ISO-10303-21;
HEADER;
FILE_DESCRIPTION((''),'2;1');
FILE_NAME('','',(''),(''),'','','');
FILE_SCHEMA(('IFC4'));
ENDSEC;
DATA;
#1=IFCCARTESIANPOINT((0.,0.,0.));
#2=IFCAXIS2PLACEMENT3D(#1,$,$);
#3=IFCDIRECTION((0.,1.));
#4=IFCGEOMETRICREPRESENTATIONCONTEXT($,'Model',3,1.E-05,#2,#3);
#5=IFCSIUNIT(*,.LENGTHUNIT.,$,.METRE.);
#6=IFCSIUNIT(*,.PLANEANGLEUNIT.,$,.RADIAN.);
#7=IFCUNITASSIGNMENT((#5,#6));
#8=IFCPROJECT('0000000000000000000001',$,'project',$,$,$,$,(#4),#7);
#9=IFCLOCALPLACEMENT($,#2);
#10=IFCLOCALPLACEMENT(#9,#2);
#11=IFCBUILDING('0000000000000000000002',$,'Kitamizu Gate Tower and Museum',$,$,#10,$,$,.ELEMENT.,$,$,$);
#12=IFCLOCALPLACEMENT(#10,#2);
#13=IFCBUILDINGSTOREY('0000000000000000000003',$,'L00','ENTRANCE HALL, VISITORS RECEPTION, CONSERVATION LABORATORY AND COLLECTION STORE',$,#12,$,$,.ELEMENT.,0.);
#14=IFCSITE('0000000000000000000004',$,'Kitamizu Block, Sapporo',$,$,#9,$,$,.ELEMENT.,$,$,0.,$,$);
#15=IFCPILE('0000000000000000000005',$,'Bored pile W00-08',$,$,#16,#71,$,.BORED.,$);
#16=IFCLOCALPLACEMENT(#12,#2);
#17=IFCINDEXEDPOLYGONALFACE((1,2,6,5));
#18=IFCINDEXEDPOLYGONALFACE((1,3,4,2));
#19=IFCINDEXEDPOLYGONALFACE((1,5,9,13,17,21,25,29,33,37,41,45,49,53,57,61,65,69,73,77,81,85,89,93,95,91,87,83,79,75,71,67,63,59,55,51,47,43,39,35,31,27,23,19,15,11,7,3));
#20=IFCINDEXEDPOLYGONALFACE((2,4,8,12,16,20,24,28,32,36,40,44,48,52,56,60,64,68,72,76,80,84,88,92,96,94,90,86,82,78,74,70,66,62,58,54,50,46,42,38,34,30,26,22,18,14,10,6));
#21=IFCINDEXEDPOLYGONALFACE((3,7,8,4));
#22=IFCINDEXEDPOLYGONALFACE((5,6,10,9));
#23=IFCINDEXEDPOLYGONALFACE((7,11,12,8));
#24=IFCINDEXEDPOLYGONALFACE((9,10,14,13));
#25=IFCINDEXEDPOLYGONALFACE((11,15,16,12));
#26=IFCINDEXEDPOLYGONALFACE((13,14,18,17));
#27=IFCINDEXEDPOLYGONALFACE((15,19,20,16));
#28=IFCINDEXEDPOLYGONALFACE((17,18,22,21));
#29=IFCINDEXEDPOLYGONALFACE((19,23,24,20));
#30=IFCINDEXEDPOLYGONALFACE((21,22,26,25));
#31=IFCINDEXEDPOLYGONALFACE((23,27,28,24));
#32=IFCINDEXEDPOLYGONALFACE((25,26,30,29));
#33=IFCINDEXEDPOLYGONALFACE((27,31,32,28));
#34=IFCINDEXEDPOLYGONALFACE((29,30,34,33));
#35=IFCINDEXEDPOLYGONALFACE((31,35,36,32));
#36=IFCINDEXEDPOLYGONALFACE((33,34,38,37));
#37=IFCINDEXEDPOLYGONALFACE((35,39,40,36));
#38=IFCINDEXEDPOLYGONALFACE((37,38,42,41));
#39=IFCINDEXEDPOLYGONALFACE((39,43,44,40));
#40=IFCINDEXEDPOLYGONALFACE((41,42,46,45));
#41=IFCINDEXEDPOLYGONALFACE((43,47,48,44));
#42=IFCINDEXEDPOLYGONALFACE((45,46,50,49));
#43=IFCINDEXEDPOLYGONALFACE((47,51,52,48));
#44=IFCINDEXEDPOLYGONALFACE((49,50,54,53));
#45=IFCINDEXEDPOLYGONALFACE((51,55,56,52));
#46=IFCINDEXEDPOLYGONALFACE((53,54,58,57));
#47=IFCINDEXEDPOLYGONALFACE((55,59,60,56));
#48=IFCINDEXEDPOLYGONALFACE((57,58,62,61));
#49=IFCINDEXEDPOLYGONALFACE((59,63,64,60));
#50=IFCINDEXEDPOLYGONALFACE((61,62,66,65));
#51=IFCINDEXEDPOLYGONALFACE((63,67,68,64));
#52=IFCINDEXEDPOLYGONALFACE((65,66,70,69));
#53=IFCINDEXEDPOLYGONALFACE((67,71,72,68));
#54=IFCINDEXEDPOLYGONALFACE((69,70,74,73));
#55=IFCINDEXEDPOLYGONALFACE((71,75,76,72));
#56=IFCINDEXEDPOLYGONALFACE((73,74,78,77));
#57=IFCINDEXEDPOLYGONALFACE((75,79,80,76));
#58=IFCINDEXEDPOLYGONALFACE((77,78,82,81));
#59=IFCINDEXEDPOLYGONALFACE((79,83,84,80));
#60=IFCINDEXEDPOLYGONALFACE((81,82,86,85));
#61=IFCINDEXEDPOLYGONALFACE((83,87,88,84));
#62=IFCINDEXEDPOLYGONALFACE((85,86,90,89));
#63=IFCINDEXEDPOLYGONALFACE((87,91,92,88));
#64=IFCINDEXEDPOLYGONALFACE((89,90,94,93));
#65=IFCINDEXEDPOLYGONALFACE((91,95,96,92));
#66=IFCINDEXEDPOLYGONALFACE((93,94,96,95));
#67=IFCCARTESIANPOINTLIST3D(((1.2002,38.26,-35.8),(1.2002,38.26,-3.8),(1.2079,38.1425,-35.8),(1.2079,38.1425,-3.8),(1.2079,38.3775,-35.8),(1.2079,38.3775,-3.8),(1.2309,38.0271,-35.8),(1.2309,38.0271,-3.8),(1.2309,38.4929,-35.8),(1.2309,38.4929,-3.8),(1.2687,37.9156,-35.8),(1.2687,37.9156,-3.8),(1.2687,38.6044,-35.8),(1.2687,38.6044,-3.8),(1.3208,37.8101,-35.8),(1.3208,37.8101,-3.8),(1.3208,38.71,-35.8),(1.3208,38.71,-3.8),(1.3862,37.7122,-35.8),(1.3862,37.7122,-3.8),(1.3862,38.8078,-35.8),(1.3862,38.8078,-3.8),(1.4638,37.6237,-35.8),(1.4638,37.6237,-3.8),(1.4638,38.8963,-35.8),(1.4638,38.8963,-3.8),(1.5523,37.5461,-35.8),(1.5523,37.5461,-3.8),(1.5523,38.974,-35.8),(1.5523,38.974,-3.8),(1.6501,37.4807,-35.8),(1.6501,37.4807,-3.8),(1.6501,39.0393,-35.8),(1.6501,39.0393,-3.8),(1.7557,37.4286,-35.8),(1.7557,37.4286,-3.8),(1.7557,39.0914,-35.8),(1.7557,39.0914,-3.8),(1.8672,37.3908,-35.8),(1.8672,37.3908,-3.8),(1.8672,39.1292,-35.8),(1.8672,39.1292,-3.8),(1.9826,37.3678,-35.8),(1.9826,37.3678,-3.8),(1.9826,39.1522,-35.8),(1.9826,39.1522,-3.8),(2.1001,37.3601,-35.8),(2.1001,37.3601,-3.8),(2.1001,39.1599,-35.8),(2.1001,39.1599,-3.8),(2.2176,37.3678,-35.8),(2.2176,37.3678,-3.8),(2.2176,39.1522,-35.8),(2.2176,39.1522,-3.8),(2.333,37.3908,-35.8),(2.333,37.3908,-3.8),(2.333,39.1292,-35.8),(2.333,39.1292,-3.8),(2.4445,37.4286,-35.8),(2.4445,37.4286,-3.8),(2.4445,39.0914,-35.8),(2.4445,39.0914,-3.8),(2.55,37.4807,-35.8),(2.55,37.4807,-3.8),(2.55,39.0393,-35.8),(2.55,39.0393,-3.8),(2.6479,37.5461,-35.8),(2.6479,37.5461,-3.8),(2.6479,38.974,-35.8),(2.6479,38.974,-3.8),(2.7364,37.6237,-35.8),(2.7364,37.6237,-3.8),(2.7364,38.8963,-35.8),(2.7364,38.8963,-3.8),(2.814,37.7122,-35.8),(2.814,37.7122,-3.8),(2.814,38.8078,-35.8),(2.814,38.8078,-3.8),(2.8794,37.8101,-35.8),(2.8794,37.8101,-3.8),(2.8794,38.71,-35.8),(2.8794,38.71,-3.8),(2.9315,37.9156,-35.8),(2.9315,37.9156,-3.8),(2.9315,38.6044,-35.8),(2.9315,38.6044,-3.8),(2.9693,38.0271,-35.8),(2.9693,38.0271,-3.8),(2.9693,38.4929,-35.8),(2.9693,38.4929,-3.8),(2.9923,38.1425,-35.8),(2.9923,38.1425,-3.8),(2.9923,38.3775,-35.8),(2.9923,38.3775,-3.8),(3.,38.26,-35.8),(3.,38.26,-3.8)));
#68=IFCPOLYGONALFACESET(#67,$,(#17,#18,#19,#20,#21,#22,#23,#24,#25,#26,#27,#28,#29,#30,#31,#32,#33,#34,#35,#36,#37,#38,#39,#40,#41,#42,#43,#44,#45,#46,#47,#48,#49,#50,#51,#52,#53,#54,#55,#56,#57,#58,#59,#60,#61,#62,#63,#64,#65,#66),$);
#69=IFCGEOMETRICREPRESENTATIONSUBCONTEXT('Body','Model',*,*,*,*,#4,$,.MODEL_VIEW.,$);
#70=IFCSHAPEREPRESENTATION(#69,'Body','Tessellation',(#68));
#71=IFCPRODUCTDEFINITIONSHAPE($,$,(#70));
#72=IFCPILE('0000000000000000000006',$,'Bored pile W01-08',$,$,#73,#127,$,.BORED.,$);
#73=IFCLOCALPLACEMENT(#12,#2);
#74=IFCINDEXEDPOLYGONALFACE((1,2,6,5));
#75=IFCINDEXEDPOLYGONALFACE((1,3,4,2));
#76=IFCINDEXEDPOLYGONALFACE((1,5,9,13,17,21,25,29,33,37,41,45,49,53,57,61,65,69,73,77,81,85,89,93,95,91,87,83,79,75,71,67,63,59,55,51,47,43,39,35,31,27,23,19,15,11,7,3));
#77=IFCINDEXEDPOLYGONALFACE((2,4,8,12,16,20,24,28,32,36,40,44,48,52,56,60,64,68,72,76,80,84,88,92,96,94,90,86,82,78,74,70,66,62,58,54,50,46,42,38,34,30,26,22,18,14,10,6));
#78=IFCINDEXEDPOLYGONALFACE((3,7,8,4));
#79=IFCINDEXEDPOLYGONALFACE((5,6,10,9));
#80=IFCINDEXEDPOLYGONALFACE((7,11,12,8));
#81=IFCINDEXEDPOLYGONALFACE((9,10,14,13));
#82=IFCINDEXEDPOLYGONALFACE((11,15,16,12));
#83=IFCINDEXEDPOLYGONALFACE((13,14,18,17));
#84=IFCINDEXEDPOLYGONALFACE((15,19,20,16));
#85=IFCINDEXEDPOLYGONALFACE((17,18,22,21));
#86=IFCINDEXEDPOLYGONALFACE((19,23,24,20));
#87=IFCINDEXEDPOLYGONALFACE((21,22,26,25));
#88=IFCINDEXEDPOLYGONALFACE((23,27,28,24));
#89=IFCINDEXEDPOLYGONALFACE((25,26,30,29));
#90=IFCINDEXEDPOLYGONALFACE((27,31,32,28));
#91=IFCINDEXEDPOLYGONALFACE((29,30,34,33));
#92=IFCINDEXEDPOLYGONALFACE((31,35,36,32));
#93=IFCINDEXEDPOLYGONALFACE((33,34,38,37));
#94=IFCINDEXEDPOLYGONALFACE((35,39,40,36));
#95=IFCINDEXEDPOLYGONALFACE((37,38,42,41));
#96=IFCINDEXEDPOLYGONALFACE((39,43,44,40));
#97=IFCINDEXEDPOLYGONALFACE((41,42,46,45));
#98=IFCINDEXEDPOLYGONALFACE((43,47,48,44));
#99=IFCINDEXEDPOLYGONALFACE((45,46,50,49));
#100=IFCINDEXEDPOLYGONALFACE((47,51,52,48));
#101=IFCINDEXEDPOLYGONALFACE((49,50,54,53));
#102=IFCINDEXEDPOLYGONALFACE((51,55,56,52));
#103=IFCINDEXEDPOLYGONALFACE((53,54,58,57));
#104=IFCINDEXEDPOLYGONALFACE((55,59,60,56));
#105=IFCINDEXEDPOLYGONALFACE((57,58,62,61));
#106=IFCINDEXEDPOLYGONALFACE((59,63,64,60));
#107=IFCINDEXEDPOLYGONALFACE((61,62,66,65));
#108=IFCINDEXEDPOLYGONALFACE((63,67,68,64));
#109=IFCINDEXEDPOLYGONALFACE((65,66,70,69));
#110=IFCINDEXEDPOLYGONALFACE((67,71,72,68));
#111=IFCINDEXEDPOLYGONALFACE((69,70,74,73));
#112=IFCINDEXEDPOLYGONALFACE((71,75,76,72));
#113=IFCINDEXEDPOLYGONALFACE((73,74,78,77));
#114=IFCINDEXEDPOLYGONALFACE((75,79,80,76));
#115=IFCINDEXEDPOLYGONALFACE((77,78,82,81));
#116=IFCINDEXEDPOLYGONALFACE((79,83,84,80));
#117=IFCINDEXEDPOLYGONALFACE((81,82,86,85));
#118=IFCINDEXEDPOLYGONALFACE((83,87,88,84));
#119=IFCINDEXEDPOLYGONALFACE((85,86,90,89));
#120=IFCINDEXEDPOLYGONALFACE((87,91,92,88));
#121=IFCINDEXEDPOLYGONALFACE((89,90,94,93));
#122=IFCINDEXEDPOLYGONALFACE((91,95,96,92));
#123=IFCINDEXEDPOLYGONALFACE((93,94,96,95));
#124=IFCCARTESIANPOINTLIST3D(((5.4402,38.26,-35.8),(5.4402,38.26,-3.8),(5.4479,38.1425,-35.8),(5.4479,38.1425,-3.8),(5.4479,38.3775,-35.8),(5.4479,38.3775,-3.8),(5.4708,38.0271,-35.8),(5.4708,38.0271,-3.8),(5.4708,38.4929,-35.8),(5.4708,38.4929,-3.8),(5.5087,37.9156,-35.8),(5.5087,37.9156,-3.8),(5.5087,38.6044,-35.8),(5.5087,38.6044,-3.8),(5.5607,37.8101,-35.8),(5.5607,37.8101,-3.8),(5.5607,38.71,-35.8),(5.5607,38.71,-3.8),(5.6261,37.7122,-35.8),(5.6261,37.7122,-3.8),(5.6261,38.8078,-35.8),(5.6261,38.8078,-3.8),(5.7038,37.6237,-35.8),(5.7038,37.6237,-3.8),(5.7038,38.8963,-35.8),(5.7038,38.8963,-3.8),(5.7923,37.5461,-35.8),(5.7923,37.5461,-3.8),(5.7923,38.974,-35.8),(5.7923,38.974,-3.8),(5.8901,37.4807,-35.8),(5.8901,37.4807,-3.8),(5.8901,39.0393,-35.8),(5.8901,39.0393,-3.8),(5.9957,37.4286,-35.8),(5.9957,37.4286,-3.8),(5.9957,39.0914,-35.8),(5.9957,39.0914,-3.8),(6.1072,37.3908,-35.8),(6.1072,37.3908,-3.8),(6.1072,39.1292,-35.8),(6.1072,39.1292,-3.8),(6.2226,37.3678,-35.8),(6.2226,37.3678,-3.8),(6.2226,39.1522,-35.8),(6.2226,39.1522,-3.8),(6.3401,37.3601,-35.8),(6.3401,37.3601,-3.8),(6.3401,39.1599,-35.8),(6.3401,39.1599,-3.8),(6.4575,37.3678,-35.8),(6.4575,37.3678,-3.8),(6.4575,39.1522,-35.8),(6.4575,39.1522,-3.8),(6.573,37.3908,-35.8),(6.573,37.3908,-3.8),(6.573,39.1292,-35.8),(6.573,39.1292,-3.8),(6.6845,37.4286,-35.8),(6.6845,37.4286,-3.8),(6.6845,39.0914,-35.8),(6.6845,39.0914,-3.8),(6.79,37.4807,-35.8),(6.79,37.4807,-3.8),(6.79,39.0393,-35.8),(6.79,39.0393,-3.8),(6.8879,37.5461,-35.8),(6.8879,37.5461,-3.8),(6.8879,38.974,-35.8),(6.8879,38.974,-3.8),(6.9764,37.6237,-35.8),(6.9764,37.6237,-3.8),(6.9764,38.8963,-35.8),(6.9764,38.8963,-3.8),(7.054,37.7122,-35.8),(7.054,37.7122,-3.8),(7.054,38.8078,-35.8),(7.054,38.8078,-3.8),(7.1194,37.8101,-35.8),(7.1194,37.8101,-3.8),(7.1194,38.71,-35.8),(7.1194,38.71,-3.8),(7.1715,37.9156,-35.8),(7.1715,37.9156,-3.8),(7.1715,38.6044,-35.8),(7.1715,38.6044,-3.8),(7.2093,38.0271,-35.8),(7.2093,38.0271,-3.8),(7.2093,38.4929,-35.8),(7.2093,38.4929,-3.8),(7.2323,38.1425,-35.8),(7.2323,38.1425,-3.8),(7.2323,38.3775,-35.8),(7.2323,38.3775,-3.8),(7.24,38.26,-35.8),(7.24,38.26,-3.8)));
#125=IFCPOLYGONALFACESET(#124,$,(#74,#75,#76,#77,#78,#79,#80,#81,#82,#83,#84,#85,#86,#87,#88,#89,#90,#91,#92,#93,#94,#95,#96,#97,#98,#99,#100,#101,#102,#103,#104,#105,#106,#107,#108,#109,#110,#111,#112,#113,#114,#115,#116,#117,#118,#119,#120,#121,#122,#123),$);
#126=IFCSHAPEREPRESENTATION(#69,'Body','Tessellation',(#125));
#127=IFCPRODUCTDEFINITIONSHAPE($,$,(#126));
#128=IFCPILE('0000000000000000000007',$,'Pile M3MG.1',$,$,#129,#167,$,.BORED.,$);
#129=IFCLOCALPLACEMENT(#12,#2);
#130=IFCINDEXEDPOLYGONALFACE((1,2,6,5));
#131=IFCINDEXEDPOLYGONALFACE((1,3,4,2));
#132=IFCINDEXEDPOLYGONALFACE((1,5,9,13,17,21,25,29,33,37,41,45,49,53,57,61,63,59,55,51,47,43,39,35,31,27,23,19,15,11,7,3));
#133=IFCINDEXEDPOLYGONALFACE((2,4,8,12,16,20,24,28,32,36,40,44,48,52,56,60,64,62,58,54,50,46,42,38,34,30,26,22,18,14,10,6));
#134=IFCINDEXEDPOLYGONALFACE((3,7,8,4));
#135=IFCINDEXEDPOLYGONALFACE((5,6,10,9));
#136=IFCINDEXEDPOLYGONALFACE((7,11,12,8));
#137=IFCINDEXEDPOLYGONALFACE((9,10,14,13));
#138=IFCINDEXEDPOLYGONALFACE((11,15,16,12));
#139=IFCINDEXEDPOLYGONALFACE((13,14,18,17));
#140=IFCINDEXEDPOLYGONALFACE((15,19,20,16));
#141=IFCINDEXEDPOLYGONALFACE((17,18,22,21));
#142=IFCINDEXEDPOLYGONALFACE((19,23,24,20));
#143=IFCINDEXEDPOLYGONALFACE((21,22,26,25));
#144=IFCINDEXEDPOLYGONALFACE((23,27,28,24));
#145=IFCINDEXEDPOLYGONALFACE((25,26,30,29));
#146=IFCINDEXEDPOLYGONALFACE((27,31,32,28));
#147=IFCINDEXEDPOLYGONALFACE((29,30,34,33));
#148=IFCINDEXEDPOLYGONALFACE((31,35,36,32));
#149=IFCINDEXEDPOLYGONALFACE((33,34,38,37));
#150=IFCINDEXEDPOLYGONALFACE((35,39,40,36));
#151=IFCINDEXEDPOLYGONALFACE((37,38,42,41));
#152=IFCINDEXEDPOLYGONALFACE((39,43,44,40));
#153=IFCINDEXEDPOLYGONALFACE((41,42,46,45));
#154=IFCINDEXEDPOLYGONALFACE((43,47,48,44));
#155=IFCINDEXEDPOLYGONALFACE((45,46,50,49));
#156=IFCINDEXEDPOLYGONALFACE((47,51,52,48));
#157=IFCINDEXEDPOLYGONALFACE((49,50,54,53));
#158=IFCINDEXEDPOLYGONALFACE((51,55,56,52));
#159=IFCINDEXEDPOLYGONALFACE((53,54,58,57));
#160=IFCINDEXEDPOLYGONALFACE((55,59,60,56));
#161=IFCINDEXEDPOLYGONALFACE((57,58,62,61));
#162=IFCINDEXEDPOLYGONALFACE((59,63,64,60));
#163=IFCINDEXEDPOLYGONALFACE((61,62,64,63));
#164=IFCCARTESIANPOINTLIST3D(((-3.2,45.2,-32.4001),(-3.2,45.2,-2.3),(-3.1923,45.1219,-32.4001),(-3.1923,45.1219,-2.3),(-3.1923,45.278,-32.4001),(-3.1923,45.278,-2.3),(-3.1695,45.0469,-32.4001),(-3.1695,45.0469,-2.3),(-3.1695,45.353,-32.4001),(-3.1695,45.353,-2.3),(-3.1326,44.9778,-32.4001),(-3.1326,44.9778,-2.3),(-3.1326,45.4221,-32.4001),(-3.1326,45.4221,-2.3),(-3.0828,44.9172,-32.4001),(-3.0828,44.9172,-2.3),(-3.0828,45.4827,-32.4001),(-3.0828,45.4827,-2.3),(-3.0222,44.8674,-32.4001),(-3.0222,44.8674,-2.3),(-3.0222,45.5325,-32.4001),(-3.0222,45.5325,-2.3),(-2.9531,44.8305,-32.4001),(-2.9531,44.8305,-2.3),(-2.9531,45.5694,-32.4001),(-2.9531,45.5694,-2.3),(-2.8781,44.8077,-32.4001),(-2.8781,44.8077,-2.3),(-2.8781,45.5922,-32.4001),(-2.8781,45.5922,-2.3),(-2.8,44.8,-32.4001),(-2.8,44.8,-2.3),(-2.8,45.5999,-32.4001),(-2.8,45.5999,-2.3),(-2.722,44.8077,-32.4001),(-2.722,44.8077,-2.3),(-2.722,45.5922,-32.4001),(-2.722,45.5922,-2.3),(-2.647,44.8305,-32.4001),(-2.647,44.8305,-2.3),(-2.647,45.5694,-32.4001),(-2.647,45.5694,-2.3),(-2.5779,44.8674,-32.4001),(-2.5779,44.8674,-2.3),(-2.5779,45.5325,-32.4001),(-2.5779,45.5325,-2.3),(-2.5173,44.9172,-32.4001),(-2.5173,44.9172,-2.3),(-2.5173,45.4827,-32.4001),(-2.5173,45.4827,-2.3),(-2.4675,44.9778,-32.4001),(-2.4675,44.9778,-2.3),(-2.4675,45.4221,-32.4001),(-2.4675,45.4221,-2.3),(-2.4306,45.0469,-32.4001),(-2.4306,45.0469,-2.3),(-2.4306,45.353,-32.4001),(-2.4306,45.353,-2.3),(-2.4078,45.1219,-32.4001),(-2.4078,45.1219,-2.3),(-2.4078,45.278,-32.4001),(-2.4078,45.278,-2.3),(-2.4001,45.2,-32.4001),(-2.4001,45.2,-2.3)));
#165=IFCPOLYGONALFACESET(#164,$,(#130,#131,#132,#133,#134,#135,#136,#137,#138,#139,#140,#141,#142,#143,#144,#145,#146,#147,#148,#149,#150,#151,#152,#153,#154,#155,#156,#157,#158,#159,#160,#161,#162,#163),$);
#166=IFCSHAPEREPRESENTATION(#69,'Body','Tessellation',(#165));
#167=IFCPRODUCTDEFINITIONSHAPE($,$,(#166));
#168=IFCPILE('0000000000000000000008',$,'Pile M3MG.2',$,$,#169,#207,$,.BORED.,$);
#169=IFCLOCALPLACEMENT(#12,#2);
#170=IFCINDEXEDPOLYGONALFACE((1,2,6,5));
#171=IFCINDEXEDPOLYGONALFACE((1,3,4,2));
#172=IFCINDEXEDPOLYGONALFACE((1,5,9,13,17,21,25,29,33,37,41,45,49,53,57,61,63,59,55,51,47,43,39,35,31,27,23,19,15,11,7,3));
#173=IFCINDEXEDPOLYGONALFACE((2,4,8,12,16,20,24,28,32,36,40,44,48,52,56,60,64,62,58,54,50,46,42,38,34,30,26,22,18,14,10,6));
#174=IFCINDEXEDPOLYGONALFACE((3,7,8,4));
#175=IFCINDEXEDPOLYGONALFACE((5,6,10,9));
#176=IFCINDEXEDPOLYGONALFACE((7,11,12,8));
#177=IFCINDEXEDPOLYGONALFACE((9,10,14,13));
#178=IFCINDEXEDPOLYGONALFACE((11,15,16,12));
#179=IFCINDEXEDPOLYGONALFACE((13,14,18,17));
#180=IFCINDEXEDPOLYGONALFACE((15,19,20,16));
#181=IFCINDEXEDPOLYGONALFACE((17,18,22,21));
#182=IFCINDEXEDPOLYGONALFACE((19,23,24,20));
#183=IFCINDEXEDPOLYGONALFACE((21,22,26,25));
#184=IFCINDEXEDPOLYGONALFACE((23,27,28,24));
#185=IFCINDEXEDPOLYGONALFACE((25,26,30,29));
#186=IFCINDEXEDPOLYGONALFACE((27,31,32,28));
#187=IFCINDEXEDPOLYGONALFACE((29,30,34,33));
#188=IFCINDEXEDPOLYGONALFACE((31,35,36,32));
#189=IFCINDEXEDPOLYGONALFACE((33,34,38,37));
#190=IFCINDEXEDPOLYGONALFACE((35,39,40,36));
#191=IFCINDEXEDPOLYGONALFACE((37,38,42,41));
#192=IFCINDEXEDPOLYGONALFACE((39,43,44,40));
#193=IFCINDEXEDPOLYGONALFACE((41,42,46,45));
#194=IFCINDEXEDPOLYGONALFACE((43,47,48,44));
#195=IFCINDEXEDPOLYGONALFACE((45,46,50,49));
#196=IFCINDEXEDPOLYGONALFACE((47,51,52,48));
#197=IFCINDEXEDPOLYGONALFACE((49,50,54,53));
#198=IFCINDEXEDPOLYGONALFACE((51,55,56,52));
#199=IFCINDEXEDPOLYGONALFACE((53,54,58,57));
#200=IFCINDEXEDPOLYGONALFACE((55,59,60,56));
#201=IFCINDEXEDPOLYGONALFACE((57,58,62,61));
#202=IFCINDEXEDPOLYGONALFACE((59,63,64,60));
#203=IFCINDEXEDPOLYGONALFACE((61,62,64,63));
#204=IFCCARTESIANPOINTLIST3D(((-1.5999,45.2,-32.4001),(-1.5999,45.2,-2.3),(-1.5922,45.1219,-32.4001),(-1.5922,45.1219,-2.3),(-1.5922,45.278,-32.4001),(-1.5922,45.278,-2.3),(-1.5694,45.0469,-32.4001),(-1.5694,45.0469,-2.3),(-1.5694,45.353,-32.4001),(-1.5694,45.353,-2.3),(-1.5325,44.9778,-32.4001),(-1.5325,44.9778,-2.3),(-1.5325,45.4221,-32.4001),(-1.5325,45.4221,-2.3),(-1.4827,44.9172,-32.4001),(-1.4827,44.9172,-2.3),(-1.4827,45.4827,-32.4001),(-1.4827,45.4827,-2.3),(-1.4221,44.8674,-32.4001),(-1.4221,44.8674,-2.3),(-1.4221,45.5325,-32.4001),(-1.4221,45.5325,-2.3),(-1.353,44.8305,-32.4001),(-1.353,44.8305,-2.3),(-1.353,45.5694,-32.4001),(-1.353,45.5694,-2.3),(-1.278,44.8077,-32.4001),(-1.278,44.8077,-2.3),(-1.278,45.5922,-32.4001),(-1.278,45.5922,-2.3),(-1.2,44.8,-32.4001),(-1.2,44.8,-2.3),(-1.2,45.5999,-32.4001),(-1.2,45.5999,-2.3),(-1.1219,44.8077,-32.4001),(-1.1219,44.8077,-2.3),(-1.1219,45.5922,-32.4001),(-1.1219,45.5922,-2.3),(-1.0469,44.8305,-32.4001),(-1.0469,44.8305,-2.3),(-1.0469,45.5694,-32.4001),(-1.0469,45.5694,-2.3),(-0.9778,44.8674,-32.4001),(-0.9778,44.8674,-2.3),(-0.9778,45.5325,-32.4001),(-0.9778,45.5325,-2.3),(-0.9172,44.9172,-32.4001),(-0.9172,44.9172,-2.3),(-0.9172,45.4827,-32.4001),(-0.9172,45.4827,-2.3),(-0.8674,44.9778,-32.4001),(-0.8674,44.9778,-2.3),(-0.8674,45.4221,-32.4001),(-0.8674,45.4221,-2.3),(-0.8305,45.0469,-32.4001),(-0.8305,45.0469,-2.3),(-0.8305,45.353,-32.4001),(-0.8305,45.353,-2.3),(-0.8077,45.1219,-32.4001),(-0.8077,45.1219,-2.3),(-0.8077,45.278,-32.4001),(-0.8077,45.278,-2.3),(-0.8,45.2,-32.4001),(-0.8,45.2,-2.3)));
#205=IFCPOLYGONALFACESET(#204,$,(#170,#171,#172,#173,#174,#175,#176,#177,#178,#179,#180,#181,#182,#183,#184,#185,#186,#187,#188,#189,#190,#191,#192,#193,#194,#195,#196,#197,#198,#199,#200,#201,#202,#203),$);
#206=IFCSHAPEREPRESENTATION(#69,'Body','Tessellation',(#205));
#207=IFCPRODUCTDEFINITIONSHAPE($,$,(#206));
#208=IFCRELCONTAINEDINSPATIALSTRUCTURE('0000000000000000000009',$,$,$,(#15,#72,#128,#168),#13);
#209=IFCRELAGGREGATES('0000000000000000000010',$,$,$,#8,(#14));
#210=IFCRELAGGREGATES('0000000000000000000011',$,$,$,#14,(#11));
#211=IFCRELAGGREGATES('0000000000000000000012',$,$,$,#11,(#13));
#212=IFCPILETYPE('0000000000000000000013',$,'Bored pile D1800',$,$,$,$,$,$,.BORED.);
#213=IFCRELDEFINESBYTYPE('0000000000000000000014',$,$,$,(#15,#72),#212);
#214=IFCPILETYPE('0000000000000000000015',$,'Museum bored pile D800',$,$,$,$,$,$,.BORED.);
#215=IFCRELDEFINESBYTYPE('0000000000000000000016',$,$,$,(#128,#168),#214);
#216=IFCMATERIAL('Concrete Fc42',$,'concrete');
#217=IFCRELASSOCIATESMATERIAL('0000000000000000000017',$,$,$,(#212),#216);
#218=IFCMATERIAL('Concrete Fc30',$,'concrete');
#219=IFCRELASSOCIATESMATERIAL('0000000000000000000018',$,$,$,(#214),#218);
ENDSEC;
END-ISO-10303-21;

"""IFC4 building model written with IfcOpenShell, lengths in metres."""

from ifc_helpers import new_model, si_unit, direction, frame, origin, origin_2d, place, context, subcontext, project, spatial, circle, extrude, material, material_profile, profile_set, type_object, element, save


model = new_model("IFC4")

# Units and contexts
model_context = context("Model", 3, precision=1e-05, world=origin(), true_north=direction((0.0, 1.0)))
body_context = subcontext(model_context, "Body", "Model", "MODEL_VIEW")
ifc_project = project(units=[si_unit("LENGTHUNIT", "METRE"), si_unit("PLANEANGLEUNIT", "RADIAN")], contexts=[model_context])

# Site, building, storey
site_placement = place(None, origin())
site = spatial("IfcSite", under=ifc_project, at=site_placement, Name="Kitamizu Block, Sapporo", CompositionType="ELEMENT", RefElevation=0.0)
building_placement = place(site_placement, origin())
building = spatial("IfcBuilding", under=site, at=building_placement, Name="Kitamizu Gate Tower and Museum", CompositionType="ELEMENT")
storey_placement = place(building_placement, origin())
storey = spatial("IfcBuildingStorey", under=building, at=storey_placement, Name="L00", Description="ENTRANCE HALL, VISITORS RECEPTION, CONSERVATION LABORATORY AND COLLECTION STORE", CompositionType="ELEMENT", Elevation=0.0)

# Piles
ifc_material_1 = material(Name="Concrete Fc42", Category="concrete")
ifc_material_profile_1 = material_profile(ifc_material_1, circle(Radius=0.8999, at=origin_2d()), Name="Bored pile D1800")
ifc_profile_set_1 = profile_set([ifc_material_profile_1], Name="Concrete Fc42")
pile_type_1 = type_object("IfcPileType", Name="Bored pile D1800", PredefinedType="BORED", material=ifc_profile_set_1)
for number, where, z_axis, x_axis, name in (
    (1, (2.1001, 38.26, -3.8), (0.0, 0.0, -1.0), (1.0, 0.0, 0.0), "Bored pile W00-08"),
    (2, (6.3401, 38.26, -3.8), (0.0, 0.0, -1.0), (1.0, 0.0, 0.0), "Bored pile W01-08"),
):
    element("IfcPile", number, at=place(storey_placement, frame(where, z_axis=z_axis, x_axis=x_axis)), inside=storey, type_object=pile_type_1, Name=name, PredefinedType="BORED", context=body_context, shape_type="SweptSolid", body=[
        extrude(circle(Radius=0.8999, at=origin_2d()), origin(), (0.0, 0.0, 1.0), 32.0),
    ])
ifc_material_2 = material(Name="Concrete Fc30", Category="concrete")
ifc_material_profile_2 = material_profile(ifc_material_2, circle(Radius=0.3999, at=origin_2d()), Name="D800")
ifc_profile_set_2 = profile_set([ifc_material_profile_2], Name="Concrete Fc30")
pile_type_2 = type_object("IfcPileType", Name="Museum bored pile D800", PredefinedType="BORED", material=ifc_profile_set_2)
for number, where, z_axis, x_axis, name in (
    (3, (-2.8, 45.2, -2.3), (0.0, 0.0, -1.0), (1.0, 0.0, 0.0), "Pile M3MG.1"),
    (4, (-1.2, 45.2, -2.3), (0.0, 0.0, -1.0), (1.0, 0.0, 0.0), "Pile M3MG.2"),
):
    element("IfcPile", number, at=place(storey_placement, frame(where, z_axis=z_axis, x_axis=x_axis)), inside=storey, type_object=pile_type_2, Name=name, PredefinedType="BORED", context=body_context, shape_type="SweptSolid", body=[
        extrude(circle(Radius=0.3999, at=origin_2d()), origin(), (0.0, 0.0, 1.0), 30.1001),
    ])

save(model, "model.ifc")
